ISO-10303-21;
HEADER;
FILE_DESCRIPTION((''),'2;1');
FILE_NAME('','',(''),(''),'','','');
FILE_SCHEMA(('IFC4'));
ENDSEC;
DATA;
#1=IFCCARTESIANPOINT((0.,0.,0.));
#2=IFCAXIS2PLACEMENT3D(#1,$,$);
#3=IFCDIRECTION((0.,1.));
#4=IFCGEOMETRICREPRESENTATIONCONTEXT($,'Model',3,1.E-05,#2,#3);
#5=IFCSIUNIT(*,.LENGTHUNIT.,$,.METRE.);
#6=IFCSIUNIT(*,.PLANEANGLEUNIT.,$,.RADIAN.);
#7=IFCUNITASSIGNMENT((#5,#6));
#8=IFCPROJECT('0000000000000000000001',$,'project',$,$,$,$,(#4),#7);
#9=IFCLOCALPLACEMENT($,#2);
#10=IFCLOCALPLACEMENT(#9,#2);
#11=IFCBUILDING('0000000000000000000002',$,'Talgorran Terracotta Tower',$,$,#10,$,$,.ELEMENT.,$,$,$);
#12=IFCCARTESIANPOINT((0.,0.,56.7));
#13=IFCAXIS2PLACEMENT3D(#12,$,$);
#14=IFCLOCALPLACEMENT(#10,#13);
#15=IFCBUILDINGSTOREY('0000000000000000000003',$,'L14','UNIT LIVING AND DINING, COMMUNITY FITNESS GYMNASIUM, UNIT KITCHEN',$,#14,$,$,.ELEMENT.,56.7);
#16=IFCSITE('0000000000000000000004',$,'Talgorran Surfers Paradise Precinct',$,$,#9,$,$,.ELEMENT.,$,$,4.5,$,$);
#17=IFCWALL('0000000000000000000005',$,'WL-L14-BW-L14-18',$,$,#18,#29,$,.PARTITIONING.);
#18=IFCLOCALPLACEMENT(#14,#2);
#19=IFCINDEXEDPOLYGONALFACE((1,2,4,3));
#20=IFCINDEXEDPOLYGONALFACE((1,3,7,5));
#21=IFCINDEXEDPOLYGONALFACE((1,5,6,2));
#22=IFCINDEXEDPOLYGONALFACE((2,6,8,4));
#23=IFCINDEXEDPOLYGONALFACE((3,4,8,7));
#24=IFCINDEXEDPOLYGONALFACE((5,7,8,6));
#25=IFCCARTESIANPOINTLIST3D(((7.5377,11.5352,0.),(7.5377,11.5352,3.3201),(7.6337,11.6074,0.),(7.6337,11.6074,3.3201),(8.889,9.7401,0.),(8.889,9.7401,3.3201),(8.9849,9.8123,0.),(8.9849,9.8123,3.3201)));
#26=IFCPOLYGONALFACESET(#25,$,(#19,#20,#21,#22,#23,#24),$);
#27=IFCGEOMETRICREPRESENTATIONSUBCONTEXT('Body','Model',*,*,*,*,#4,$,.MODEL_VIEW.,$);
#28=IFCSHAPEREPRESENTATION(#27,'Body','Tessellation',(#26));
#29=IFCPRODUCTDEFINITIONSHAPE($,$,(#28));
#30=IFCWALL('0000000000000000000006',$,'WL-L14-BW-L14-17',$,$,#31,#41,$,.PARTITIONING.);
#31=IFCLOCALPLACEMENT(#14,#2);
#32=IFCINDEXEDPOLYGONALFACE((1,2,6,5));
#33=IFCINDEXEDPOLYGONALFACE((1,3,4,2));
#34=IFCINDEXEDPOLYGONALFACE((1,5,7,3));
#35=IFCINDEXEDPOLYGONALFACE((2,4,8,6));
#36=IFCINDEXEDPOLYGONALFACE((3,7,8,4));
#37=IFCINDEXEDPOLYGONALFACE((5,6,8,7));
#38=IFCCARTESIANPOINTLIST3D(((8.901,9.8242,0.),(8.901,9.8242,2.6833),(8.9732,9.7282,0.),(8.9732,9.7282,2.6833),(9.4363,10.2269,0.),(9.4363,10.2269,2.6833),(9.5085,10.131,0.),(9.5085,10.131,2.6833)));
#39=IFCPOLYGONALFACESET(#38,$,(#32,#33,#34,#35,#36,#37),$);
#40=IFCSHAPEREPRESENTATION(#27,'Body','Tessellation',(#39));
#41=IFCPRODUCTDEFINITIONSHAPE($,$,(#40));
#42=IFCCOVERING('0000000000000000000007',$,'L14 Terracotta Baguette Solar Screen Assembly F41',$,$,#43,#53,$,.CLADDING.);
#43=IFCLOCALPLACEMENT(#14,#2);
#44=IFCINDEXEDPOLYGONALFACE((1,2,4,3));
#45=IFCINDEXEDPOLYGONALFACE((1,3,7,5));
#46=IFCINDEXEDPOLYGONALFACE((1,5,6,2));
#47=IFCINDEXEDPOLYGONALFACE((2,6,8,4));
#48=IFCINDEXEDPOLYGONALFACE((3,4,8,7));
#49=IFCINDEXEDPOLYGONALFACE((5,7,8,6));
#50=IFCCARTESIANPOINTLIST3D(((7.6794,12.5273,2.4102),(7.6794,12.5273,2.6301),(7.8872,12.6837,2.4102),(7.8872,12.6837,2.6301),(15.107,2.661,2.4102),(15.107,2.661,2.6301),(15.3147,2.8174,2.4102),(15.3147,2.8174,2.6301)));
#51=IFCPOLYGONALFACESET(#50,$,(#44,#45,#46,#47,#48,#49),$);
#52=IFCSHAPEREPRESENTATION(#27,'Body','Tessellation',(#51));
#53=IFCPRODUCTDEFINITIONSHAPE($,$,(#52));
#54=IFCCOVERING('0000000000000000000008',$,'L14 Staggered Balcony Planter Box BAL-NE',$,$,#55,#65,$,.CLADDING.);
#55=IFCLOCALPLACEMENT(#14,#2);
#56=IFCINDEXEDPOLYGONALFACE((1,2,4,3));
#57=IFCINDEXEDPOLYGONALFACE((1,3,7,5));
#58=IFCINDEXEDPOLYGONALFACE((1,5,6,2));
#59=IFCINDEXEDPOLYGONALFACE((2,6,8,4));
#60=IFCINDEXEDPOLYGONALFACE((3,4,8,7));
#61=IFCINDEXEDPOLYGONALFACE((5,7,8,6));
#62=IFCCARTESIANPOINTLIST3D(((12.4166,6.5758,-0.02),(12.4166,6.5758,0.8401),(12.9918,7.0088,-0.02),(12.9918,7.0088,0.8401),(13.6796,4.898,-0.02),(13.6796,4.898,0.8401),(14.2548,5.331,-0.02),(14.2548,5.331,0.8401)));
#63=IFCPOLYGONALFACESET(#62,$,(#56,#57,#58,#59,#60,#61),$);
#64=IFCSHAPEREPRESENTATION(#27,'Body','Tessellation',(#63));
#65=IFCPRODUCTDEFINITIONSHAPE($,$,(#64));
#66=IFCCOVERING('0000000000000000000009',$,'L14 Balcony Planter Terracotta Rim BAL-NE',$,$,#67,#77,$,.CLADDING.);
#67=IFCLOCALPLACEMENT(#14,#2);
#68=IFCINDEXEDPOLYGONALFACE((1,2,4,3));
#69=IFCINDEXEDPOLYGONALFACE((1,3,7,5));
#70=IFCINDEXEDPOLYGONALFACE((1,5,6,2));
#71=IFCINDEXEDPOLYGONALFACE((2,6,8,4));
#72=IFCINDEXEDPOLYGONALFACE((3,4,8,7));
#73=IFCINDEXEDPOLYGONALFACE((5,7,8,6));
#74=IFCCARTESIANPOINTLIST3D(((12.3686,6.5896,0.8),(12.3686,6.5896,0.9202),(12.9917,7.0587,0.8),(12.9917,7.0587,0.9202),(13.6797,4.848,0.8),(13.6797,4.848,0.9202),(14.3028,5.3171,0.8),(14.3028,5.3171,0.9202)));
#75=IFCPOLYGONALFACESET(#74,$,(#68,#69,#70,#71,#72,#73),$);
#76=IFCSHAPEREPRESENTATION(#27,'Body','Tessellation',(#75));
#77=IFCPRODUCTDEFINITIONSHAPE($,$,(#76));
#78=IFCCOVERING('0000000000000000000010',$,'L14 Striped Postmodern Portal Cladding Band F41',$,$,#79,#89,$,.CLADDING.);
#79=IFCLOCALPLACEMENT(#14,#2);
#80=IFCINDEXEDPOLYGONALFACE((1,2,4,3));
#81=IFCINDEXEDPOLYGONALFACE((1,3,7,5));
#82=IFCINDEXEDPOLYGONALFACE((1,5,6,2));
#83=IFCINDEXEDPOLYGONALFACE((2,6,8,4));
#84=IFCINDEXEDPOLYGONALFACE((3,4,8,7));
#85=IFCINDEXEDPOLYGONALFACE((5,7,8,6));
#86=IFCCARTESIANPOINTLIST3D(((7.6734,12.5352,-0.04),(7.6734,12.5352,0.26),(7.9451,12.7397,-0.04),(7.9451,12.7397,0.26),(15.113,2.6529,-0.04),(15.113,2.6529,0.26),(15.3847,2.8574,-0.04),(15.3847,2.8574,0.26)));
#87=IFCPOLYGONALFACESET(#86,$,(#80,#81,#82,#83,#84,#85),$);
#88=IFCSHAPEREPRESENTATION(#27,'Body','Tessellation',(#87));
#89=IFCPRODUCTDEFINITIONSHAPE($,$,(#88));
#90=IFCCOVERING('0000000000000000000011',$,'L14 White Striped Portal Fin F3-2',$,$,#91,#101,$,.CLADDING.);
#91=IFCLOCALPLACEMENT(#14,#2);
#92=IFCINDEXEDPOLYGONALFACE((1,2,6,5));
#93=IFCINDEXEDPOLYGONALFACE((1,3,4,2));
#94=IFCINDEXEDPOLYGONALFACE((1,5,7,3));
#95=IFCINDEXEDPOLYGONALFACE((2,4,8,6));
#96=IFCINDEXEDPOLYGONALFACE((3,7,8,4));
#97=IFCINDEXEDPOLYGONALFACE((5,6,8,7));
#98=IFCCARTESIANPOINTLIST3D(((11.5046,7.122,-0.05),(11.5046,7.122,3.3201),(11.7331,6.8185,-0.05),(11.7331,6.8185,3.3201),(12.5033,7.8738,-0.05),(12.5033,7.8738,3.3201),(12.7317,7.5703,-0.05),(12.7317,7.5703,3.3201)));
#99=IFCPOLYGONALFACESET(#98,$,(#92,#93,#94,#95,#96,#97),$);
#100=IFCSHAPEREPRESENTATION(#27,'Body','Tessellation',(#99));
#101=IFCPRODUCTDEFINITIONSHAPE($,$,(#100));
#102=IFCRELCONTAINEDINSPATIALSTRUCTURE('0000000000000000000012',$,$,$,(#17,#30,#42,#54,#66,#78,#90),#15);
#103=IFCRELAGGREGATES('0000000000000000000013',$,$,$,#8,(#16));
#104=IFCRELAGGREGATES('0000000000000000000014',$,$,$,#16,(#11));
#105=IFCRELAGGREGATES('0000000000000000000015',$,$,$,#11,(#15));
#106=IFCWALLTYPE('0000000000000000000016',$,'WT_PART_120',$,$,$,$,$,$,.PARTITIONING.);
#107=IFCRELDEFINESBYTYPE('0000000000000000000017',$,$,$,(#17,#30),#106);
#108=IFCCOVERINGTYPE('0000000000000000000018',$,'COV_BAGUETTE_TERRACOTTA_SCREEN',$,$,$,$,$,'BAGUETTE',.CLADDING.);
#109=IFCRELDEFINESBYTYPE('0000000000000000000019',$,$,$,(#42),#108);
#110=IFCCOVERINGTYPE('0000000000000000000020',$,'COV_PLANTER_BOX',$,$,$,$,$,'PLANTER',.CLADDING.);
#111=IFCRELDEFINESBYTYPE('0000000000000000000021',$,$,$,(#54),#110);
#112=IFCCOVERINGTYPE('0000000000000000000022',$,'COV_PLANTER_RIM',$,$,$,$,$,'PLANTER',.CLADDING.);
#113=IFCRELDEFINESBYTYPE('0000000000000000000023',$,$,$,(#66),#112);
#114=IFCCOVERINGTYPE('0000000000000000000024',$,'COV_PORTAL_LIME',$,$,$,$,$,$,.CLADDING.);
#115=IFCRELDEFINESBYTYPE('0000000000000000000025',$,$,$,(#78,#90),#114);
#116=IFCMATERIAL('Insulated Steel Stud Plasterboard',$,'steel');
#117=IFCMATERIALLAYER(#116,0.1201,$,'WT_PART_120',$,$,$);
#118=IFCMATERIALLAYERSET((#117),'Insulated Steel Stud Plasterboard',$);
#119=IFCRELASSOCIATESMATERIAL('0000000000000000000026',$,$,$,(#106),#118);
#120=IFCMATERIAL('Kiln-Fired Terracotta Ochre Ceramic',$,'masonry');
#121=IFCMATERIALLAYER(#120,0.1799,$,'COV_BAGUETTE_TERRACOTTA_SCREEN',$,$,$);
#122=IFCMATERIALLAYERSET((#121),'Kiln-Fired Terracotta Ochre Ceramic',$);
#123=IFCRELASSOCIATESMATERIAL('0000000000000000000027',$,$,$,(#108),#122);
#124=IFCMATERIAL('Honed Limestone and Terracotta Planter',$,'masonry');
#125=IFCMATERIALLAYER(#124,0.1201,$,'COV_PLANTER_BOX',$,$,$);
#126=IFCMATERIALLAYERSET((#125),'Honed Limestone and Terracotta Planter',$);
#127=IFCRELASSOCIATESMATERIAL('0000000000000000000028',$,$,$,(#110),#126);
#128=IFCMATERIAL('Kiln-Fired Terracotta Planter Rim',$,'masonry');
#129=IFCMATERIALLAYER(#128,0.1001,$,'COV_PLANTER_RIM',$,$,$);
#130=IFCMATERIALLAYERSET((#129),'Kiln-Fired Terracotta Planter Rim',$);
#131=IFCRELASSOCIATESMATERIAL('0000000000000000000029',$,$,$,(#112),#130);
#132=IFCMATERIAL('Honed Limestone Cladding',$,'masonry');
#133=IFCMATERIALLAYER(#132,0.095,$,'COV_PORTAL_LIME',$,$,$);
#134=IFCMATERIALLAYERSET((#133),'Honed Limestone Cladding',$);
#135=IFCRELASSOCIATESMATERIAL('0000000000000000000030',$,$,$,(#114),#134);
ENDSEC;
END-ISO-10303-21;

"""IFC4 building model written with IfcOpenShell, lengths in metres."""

from ifc_helpers import new_model, si_unit, direction, frame, frame_2d, origin, origin_2d, place, context, subcontext, project, spatial, rectangle, extrude, material, layer, layer_set, type_object, element, save


model = new_model("IFC4")

# Units and contexts
model_context = context("Model", 3, precision=1e-05, world=origin(), true_north=direction((0.0, 1.0)))
body_context = subcontext(model_context, "Body", "Model", "MODEL_VIEW")
ifc_project = project(units=[si_unit("LENGTHUNIT", "METRE"), si_unit("PLANEANGLEUNIT", "RADIAN")], contexts=[model_context])

# Site, building, storey
site_placement = place(None, origin())
site = spatial("IfcSite", under=ifc_project, at=site_placement, Name="Talgorran Surfers Paradise Precinct", CompositionType="ELEMENT", RefElevation=4.5)
building_placement = place(site_placement, origin())
building = spatial("IfcBuilding", under=site, at=building_placement, Name="Talgorran Terracotta Tower", CompositionType="ELEMENT")
storey_placement = place(building_placement, frame((0.0, 0.0, 56.7)))
storey = spatial("IfcBuildingStorey", under=building, at=storey_placement, Name="L14", Description="UNIT LIVING AND DINING, COMMUNITY FITNESS GYMNASIUM, UNIT KITCHEN", CompositionType="ELEMENT", Elevation=56.7)

# Walls
ifc_material_1 = material(Name="Insulated Steel Stud Plasterboard", Category="steel")
ifc_layer_1 = layer(ifc_material_1, 0.1201, Name="WT_PART_120")
ifc_layer_set_1 = layer_set([ifc_layer_1], Name="Insulated Steel Stud Plasterboard")
wall_type_1 = type_object("IfcWallType", Name="WT_PART_120", PredefinedType="PARTITIONING", material=ifc_layer_set_1)
wall_1_placement = place(storey_placement, frame((8.937, 9.7761, 0.0), z_axis=(0.0, 0.0, 1.0), x_axis=(-0.601407, 0.798943, 0.0)))
element("IfcWall", 1, at=wall_1_placement, inside=storey, type_object=wall_type_1, Name="WL-L14-BW-L14-18", PredefinedType="PARTITIONING", context=body_context, shape_type="SweptSolid", body=[
    extrude(rectangle(XDim=2.2468, YDim=0.1201, at=frame_2d((1.1235, 0.0))), origin(), (0.0, 0.0, 1.0), 3.3201),
])
wall_2_placement = place(storey_placement, frame((9.4724, 10.179, 0.0), z_axis=(0.0, 0.0, 1.0), x_axis=(-0.799081, -0.601224, 0.0)))
element("IfcWall", 2, at=wall_2_placement, inside=storey, type_object=wall_type_1, Name="WL-L14-BW-L14-17", PredefinedType="PARTITIONING", context=body_context, shape_type="SweptSolid", body=[
    extrude(rectangle(XDim=0.6699, YDim=0.1201, at=frame_2d((0.335, 0.0))), origin(), (0.0, 0.0, 1.0), 2.6833),
])

# Coverings
ifc_material_2 = material(Name="Kiln-Fired Terracotta Ochre Ceramic", Category="masonry")
ifc_layer_2 = layer(ifc_material_2, 0.1799, Name="COV_BAGUETTE_TERRACOTTA_SCREEN")
ifc_layer_set_2 = layer_set([ifc_layer_2], Name="Kiln-Fired Terracotta Ochre Ceramic")
covering_type_1 = type_object("IfcCoveringType", Name="COV_BAGUETTE_TERRACOTTA_SCREEN", ElementType="BAGUETTE", PredefinedType="CLADDING", material=ifc_layer_set_2)
covering_1_placement = place(storey_placement, frame((11.4971, 7.6724, 2.4102), z_axis=(0.0, 0.0, 1.0), x_axis=(-0.601439, 0.798919, 0.0)))
element("IfcCovering", 3, at=covering_1_placement, inside=storey, type_object=covering_type_1, Name="L14 Terracotta Baguette Solar Screen Assembly F41", PredefinedType="CLADDING", context=body_context, shape_type="SweptSolid", body=[
    extrude(rectangle(XDim=12.3496, YDim=0.26, at=origin_2d()), origin(), (0.0, 0.0, 1.0), 0.22),
])
ifc_material_3 = material(Name="Honed Limestone and Terracotta Planter", Category="masonry")
ifc_layer_3 = layer(ifc_material_3, 0.1201, Name="COV_PLANTER_BOX")
ifc_layer_set_3 = layer_set([ifc_layer_3], Name="Honed Limestone and Terracotta Planter")
covering_type_2 = type_object("IfcCoveringType", Name="COV_PLANTER_BOX", ElementType="PLANTER", PredefinedType="CLADDING", material=ifc_layer_set_3)
covering_2_placement = place(storey_placement, frame((13.3357, 5.9534, -0.02), z_axis=(0.0, 0.0, 1.0), x_axis=(-0.601439, 0.798919, 0.0)))
element("IfcCovering", 4, at=covering_2_placement, inside=storey, type_object=covering_type_2, Name="L14 Staggered Balcony Planter Box BAL-NE", PredefinedType="CLADDING", context=body_context, shape_type="SweptSolid", body=[
    extrude(rectangle(XDim=2.1001, YDim=0.72, at=origin_2d()), origin(), (0.0, 0.0, 1.0), 0.8601),
])
ifc_material_4 = material(Name="Kiln-Fired Terracotta Planter Rim", Category="masonry")
ifc_layer_4 = layer(ifc_material_4, 0.1001, Name="COV_PLANTER_RIM")
ifc_layer_set_4 = layer_set([ifc_layer_4], Name="Kiln-Fired Terracotta Planter Rim")
covering_type_3 = type_object("IfcCoveringType", Name="COV_PLANTER_RIM", ElementType="PLANTER", PredefinedType="CLADDING", material=ifc_layer_set_4)
covering_3_placement = place(storey_placement, frame((13.3357, 5.9534, 0.8), z_axis=(0.0, 0.0, 1.0), x_axis=(-0.601439, 0.798919, 0.0)))
element("IfcCovering", 5, at=covering_3_placement, inside=storey, type_object=covering_type_3, Name="L14 Balcony Planter Terracotta Rim BAL-NE", PredefinedType="CLADDING", context=body_context, shape_type="SweptSolid", body=[
    extrude(rectangle(XDim=2.1799, YDim=0.78, at=origin_2d()), origin(), (0.0, 0.0, 1.0), 0.1201),
])
ifc_material_5 = material(Name="Honed Limestone Cladding", Category="masonry")
ifc_layer_5 = layer(ifc_material_5, 0.095, Name="COV_PORTAL_LIME")
ifc_layer_set_5 = layer_set([ifc_layer_5], Name="Honed Limestone Cladding")
covering_type_4 = type_object("IfcCoveringType", Name="COV_PORTAL_LIME", PredefinedType="CLADDING", material=ifc_layer_set_5)
covering_4_placement = place(storey_placement, frame((11.5291, 7.6963, -0.04), z_axis=(0.0, 0.0, 1.0), x_axis=(-0.601439, 0.798919, 0.0)))
element("IfcCovering", 6, at=covering_4_placement, inside=storey, type_object=covering_type_4, Name="L14 Striped Postmodern Portal Cladding Band F41", PredefinedType="CLADDING", context=body_context, shape_type="SweptSolid", body=[
    extrude(rectangle(XDim=12.3696, YDim=0.3401, at=origin_2d()), origin(), (0.0, 0.0, 1.0), 0.3),
])
covering_5_placement = place(storey_placement, frame((12.1182, 7.3462, -0.05), z_axis=(0.0, 0.0, 1.0), x_axis=(-0.601439, 0.798919, 0.0)))
element("IfcCovering", 7, at=covering_5_placement, inside=storey, type_object=covering_type_4, Name="L14 White Striped Portal Fin F3-2", PredefinedType="CLADDING", context=body_context, shape_type="SweptSolid", body=[
    extrude(rectangle(XDim=0.3799, YDim=1.25, at=origin_2d()), origin(), (0.0, 0.0, 1.0), 3.3701),
])

save(model, "model.ifc")
